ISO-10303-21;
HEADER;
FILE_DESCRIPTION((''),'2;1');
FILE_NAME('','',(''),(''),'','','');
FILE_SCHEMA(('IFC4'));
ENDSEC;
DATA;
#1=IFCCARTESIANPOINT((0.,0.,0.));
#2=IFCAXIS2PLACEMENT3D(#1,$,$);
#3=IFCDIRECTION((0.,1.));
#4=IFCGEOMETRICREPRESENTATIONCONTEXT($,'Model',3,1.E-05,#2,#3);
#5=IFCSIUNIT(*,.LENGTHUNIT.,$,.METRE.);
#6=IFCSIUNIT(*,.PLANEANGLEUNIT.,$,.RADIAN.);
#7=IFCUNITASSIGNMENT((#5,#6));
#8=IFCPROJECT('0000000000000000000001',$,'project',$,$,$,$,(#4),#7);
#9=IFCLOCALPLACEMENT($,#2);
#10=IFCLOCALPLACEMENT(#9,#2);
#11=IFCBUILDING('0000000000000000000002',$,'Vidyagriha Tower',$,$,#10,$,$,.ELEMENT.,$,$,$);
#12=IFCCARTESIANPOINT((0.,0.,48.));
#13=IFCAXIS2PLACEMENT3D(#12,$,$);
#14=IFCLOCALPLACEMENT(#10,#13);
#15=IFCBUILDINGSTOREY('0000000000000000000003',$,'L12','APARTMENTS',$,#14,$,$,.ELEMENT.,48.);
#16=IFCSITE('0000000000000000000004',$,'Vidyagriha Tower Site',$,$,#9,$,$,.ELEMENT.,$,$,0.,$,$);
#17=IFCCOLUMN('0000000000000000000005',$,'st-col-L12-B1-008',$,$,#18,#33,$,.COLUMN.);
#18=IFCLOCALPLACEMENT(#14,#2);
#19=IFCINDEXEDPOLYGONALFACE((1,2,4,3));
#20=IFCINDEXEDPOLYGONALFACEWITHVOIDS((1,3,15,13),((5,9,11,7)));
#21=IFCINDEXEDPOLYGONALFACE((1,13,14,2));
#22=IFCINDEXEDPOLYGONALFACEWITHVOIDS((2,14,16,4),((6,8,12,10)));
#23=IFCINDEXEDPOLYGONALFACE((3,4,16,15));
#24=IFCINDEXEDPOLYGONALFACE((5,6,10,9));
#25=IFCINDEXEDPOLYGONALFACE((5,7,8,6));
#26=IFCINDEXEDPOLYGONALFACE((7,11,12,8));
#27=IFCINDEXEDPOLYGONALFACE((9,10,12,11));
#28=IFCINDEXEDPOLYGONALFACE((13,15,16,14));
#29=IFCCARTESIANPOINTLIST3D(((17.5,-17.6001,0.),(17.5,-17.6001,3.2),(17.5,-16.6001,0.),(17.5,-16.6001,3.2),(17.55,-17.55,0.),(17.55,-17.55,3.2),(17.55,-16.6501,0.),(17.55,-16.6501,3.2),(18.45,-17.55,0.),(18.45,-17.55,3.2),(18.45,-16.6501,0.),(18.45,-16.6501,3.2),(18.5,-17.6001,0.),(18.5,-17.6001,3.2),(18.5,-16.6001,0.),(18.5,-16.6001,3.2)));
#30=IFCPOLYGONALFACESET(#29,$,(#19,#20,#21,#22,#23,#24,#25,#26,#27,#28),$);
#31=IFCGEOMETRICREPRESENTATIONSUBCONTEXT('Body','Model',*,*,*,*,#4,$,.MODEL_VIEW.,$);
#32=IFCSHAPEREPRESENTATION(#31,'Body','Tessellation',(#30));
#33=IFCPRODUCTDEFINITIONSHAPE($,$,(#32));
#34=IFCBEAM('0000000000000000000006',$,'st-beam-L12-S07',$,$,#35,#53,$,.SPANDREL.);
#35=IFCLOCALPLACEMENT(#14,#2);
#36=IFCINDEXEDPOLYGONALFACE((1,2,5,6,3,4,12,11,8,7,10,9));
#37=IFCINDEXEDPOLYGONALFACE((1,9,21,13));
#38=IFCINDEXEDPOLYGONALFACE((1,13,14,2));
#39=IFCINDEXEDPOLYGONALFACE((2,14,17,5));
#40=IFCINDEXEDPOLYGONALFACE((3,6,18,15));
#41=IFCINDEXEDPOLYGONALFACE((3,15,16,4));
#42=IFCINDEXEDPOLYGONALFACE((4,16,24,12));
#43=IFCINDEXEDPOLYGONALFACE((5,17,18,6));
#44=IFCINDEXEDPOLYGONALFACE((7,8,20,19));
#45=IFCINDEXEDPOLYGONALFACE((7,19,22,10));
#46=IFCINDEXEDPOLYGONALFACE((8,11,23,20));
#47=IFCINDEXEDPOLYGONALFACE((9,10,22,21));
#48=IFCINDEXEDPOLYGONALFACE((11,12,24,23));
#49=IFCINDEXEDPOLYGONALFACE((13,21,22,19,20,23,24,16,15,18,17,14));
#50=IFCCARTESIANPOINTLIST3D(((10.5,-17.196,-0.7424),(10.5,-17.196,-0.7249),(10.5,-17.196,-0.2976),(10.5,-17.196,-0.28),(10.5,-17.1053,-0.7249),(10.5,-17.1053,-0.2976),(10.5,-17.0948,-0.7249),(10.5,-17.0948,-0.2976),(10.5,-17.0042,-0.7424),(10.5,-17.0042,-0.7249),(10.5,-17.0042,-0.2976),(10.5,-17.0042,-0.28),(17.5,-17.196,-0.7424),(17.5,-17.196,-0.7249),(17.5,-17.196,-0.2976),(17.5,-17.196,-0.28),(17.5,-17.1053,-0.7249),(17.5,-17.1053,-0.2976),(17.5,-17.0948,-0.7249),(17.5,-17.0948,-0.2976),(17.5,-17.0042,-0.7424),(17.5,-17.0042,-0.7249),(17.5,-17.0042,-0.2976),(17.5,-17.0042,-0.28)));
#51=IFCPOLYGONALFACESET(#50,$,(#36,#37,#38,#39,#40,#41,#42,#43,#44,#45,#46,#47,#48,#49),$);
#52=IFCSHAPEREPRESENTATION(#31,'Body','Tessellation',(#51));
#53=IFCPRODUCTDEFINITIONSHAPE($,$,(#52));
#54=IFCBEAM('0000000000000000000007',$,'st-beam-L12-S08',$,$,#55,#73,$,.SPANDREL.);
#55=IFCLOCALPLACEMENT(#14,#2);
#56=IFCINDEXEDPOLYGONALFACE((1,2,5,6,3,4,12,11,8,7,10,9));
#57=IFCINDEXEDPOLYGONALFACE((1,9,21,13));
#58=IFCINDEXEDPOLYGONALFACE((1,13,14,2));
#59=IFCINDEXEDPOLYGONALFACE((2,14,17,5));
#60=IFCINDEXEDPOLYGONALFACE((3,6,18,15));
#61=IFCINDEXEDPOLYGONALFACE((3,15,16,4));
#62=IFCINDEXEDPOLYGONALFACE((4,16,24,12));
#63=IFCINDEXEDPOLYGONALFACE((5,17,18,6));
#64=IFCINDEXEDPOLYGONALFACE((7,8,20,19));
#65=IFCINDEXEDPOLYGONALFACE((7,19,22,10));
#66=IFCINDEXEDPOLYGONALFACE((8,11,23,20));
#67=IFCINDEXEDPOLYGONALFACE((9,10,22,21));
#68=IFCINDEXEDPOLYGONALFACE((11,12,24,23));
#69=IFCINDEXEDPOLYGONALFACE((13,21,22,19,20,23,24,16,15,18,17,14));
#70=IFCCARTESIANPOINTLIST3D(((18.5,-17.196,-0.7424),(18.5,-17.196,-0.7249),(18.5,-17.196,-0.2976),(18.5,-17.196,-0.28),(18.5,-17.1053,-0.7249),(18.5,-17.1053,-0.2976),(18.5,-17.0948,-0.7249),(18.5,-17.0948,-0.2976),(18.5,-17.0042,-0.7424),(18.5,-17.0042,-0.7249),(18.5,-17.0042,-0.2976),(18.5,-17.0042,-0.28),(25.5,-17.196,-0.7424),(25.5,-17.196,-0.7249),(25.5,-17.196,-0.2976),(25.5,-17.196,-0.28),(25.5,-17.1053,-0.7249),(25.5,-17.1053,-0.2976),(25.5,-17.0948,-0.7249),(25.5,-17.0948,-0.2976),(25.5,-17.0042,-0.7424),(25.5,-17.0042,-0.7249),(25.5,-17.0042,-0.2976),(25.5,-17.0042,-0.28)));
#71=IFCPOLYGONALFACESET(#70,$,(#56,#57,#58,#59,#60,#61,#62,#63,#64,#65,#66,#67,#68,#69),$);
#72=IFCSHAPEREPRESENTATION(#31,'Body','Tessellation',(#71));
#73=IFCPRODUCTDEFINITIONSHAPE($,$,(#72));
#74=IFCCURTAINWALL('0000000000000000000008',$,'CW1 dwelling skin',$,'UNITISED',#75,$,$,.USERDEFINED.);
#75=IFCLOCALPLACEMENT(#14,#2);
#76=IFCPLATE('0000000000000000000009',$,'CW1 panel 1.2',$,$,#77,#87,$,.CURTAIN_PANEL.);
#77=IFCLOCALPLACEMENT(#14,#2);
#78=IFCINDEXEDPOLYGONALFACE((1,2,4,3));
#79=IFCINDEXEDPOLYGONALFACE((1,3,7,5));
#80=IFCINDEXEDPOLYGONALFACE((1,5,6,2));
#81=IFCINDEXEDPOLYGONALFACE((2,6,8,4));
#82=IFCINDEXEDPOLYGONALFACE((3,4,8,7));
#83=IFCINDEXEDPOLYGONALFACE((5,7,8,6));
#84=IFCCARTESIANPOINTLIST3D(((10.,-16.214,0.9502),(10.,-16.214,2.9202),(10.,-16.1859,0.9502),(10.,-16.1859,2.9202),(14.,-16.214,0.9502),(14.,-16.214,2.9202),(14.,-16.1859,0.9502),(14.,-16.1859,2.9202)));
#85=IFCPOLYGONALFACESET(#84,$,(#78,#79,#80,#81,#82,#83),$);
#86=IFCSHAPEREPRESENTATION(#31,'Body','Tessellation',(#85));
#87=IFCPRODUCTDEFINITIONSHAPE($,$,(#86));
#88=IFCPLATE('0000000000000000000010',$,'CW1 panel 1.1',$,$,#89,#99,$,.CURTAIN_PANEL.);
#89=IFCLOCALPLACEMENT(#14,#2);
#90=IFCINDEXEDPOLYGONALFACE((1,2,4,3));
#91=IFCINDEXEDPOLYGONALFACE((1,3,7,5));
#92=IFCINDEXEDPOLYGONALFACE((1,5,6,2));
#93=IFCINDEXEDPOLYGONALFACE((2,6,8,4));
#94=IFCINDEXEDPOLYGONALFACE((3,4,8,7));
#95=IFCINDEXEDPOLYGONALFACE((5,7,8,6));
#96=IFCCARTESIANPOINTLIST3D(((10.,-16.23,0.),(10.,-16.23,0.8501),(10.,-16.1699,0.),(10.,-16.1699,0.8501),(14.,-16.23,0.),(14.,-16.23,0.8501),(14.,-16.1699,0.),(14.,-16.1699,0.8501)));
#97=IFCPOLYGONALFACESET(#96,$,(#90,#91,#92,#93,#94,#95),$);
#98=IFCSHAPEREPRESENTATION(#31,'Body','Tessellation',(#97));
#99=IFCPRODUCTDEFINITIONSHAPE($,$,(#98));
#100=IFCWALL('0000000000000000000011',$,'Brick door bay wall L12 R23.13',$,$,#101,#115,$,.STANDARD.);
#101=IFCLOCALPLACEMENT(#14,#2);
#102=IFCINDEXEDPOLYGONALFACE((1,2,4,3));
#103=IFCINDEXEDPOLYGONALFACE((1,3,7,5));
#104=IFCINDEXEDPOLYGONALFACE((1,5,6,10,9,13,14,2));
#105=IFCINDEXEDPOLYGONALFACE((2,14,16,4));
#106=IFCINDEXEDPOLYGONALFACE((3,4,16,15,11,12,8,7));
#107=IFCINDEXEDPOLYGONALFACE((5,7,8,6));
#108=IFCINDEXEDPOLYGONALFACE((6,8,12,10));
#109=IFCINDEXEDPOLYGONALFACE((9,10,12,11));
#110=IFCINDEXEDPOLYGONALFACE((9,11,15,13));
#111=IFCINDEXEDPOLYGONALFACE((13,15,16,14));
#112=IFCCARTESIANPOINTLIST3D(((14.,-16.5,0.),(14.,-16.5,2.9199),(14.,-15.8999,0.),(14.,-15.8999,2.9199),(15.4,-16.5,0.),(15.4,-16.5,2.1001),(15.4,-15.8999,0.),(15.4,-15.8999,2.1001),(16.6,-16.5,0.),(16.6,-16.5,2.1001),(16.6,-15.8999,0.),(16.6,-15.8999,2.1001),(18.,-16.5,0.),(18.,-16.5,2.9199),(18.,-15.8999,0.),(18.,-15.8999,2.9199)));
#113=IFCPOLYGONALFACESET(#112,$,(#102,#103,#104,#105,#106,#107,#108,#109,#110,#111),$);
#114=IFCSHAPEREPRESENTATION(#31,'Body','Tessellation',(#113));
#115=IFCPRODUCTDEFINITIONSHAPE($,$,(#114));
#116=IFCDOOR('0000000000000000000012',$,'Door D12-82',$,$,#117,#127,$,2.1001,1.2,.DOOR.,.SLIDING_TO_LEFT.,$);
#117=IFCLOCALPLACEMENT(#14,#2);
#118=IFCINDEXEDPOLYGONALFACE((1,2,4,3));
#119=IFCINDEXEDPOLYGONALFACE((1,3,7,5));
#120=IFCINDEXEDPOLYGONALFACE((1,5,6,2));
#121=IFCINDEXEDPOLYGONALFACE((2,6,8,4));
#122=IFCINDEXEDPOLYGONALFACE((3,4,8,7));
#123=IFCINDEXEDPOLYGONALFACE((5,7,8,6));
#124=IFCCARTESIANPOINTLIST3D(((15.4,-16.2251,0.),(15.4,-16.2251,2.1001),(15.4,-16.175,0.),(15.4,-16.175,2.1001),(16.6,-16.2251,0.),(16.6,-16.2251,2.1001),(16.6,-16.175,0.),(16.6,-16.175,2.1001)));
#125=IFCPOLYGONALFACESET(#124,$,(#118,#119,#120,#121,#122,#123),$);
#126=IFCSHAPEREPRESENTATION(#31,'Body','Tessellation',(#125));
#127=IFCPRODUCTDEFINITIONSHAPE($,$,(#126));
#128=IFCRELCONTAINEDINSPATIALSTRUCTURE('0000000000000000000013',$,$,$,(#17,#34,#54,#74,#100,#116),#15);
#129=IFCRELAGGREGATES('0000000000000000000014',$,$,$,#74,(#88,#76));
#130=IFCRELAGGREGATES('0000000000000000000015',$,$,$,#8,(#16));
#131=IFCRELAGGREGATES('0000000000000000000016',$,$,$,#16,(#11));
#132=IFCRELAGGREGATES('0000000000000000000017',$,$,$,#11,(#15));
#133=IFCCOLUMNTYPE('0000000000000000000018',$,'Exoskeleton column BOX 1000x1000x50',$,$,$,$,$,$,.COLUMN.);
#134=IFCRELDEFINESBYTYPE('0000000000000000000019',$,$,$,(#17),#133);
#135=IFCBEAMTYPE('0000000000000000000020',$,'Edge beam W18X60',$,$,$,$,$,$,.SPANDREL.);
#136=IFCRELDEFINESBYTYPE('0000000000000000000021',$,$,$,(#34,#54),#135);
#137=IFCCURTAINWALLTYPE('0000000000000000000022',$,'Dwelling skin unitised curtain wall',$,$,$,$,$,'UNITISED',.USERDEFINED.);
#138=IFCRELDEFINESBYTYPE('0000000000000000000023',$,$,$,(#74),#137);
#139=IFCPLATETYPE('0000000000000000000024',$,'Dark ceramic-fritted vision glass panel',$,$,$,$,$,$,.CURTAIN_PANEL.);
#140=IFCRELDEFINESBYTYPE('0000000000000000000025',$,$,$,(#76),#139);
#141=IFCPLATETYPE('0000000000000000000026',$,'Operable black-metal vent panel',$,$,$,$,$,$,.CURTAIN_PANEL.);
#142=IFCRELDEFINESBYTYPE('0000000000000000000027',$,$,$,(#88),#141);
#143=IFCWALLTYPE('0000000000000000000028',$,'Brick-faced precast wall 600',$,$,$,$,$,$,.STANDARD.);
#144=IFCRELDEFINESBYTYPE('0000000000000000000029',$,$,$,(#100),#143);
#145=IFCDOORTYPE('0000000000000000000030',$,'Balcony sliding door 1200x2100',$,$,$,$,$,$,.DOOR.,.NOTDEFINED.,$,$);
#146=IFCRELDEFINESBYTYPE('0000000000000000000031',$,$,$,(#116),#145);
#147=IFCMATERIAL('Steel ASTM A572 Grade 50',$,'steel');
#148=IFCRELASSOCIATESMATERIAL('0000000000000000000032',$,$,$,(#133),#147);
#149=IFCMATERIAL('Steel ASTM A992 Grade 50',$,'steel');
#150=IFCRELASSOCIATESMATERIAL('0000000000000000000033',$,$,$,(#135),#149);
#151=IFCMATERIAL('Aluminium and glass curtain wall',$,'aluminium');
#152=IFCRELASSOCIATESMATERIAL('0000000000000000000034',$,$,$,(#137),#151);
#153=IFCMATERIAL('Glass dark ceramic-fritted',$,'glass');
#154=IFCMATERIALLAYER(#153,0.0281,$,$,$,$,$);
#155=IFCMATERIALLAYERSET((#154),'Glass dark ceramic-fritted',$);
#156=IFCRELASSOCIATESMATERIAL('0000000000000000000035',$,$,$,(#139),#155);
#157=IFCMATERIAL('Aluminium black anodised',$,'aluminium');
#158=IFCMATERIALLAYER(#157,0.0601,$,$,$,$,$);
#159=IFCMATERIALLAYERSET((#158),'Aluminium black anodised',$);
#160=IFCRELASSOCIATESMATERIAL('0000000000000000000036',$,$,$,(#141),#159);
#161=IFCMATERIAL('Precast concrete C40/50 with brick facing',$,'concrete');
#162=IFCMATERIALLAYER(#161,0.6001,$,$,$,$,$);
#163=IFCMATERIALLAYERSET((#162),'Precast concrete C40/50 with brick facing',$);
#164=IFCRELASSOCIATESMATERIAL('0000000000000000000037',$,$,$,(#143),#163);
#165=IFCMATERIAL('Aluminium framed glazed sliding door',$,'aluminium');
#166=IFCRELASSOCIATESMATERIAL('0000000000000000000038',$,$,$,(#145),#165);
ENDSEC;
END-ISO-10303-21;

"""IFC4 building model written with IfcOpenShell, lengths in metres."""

from ifc_helpers import new_model, si_unit, direction, frame, frame_2d, origin, origin_2d, place, context, subcontext, project, spatial, rectangle, hollow_rectangle, i_section, extrude, material, layer, layer_set, material_profile, profile_set, type_object, element, fill, aggregate, save


model = new_model("IFC4")

# Units and contexts
model_context = context("Model", 3, precision=1e-05, world=origin(), true_north=direction((0.0, 1.0)))
body_context = subcontext(model_context, "Body", "Model", "MODEL_VIEW")
ifc_project = project(units=[si_unit("LENGTHUNIT", "METRE"), si_unit("PLANEANGLEUNIT", "RADIAN")], contexts=[model_context])

# Site, building, storey
site_placement = place(None, origin())
site = spatial("IfcSite", under=ifc_project, at=site_placement, Name="Vidyagriha Tower Site", CompositionType="ELEMENT", RefElevation=0.0)
building_placement = place(site_placement, origin())
building = spatial("IfcBuilding", under=site, at=building_placement, Name="Vidyagriha Tower", CompositionType="ELEMENT")
storey_placement = place(building_placement, frame((0.0, 0.0, 48.0)))
storey = spatial("IfcBuildingStorey", under=building, at=storey_placement, Name="L12", Description="APARTMENTS", CompositionType="ELEMENT", Elevation=48.0)

# Column
ifc_material_1 = material(Name="Steel ASTM A572 Grade 50", Category="steel")
ifc_material_profile_1 = material_profile(ifc_material_1, hollow_rectangle(XDim=1.0, YDim=1.0, WallThickness=0.05, at=origin_2d()), Name="BOX 1000x1000x50")
ifc_profile_set_1 = profile_set([ifc_material_profile_1], Name="Steel ASTM A572 Grade 50")
column_type = type_object("IfcColumnType", Name="Exoskeleton column BOX 1000x1000x50", PredefinedType="COLUMN", material=ifc_profile_set_1)
column_placement = place(storey_placement, frame((18.0, -17.1001, 0.0)))
element("IfcColumn", 1, at=column_placement, inside=storey, type_object=column_type, Name="st-col-L12-B1-008", PredefinedType="COLUMN", context=body_context, shape_type="SweptSolid", body=[
    extrude(hollow_rectangle(XDim=1.0, YDim=1.0, WallThickness=0.05, at=origin_2d()), origin(), (0.0, 0.0, 1.0), 3.2),
])

# Beams
ifc_material_2 = material(Name="Steel ASTM A992 Grade 50", Category="steel")
ifc_material_profile_2 = material_profile(ifc_material_2, i_section(OverallWidth=0.1919, OverallDepth=0.4624, WebThickness=0.0105, FlangeThickness=0.0176, at=origin_2d()), Name="W18X60")
ifc_profile_set_2 = profile_set([ifc_material_profile_2], Name="Steel ASTM A992 Grade 50")
beam_type = type_object("IfcBeamType", Name="Edge beam W18X60", PredefinedType="SPANDREL", material=ifc_profile_set_2)
for number, where, z_axis, x_axis, name in (
    (2, (10.5, -17.1001, -0.5112), (1.0, 0.0, 0.0), (0.0, 1.0, 0.0), "st-beam-L12-S07"),
    (3, (18.5, -17.1001, -0.5112), (1.0, 0.0, 0.0), (0.0, 1.0, 0.0), "st-beam-L12-S08"),
):
    element("IfcBeam", number, at=place(storey_placement, frame(where, z_axis=z_axis, x_axis=x_axis)), inside=storey, type_object=beam_type, Name=name, PredefinedType="SPANDREL", context=body_context, shape_type="SweptSolid", body=[
        extrude(i_section(OverallWidth=0.1919, OverallDepth=0.4624, WebThickness=0.0105, FlangeThickness=0.0176, at=origin_2d()), origin(), (0.0, 0.0, 1.0), 7.0),
    ])

# Curtain wall, plates
ifc_material_3 = material(Name="Aluminium and glass curtain wall", Category="aluminium")
curtain_wall_type = type_object("IfcCurtainWallType", Name="Dwelling skin unitised curtain wall", ElementType="UNITISED", PredefinedType="USERDEFINED", material=ifc_material_3)
curtain_wall_placement = place(storey_placement, origin())
curtain_wall = element("IfcCurtainWall", 4, at=curtain_wall_placement, inside=storey, type_object=curtain_wall_type, Name="CW1 dwelling skin", ObjectType="UNITISED", PredefinedType="USERDEFINED")
ifc_material_4 = material(Name="Glass dark ceramic-fritted", Category="glass")
ifc_layer_1 = layer(ifc_material_4, 0.0281)
ifc_layer_set_1 = layer_set([ifc_layer_1], Name="Glass dark ceramic-fritted")
plate_type_1 = type_object("IfcPlateType", Name="Dark ceramic-fritted vision glass panel", PredefinedType="CURTAIN_PANEL", material=ifc_layer_set_1)
plate_1_placement = place(storey_placement, frame((12.0, -16.2, 0.9502)))
plate_1 = element("IfcPlate", 5, at=plate_1_placement, type_object=plate_type_1, Name="CW1 panel 1.2", PredefinedType="CURTAIN_PANEL", context=body_context, shape_type="SweptSolid", body=[
    extrude(rectangle(XDim=4.0, YDim=0.0281, at=origin_2d()), origin(), (0.0, 0.0, 1.0), 1.97),
])
ifc_material_5 = material(Name="Aluminium black anodised", Category="aluminium")
ifc_layer_2 = layer(ifc_material_5, 0.0601)
ifc_layer_set_2 = layer_set([ifc_layer_2], Name="Aluminium black anodised")
plate_type_2 = type_object("IfcPlateType", Name="Operable black-metal vent panel", PredefinedType="CURTAIN_PANEL", material=ifc_layer_set_2)
plate_2_placement = place(storey_placement, frame((12.0, -16.2, 0.0)))
plate_2 = element("IfcPlate", 6, at=plate_2_placement, type_object=plate_type_2, Name="CW1 panel 1.1", PredefinedType="CURTAIN_PANEL", context=body_context, shape_type="SweptSolid", body=[
    extrude(rectangle(XDim=4.0, YDim=0.0601, at=origin_2d()), origin(), (0.0, 0.0, 1.0), 0.8501),
])
aggregate(curtain_wall, [plate_2, plate_1])

# Wall, opening, door
ifc_material_6 = material(Name="Precast concrete C40/50 with brick facing", Category="concrete")
ifc_layer_3 = layer(ifc_material_6, 0.6001)
ifc_layer_set_3 = layer_set([ifc_layer_3], Name="Precast concrete C40/50 with brick facing")
wall_type = type_object("IfcWallType", Name="Brick-faced precast wall 600", PredefinedType="STANDARD", material=ifc_layer_set_3)
wall_placement = place(storey_placement, frame((14.0, -16.2, 0.0)))
wall = element("IfcWall", 7, at=wall_placement, inside=storey, type_object=wall_type, Name="Brick door bay wall L12 R23.13", PredefinedType="STANDARD", context=body_context, shape_type="SweptSolid", body=[
    extrude(rectangle(XDim=4.0, YDim=0.6001, at=frame_2d((2.0, 0.0))), origin(), (0.0, 0.0, 1.0), 2.9199),
])
opening_placement = place(wall_placement, frame((1.3999, 0.0, 0.0)))
opening = element("IfcOpeningElement", 8, at=opening_placement, cuts=wall, PredefinedType="OPENING", context=body_context, shape_type="SweptSolid", body=[
    extrude(rectangle(XDim=1.2, YDim=2.1001, at=frame_2d((0.6001, 1.05))), frame((0.0, 0.3101, 0.0), z_axis=(0.0, -1.0, 0.0), x_axis=(1.0, 0.0, 0.0)), (0.0, 0.0, 1.0), 0.6201),
])
ifc_material_7 = material(Name="Aluminium framed glazed sliding door", Category="aluminium")
door_type = type_object("IfcDoorType", Name="Balcony sliding door 1200x2100", OperationType="NOTDEFINED", PredefinedType="DOOR", material=ifc_material_7)
door_placement = place(opening_placement, origin())
door = element("IfcDoor", 9, at=door_placement, inside=storey, type_object=door_type, Name="Door D12-82", OperationType="SLIDING_TO_LEFT", OverallHeight=2.1001, OverallWidth=1.2, PredefinedType="DOOR", context=body_context, shape_type="SweptSolid", body=[
    extrude(rectangle(XDim=1.2, YDim=2.1001, at=frame_2d((0.6001, 1.05))), frame((0.0, 0.0249, 0.0), z_axis=(0.0, -1.0, 0.0), x_axis=(1.0, 0.0, 0.0)), (0.0, 0.0, 1.0), 0.05),
])
fill(opening, door)

save(model, "model.ifc")
